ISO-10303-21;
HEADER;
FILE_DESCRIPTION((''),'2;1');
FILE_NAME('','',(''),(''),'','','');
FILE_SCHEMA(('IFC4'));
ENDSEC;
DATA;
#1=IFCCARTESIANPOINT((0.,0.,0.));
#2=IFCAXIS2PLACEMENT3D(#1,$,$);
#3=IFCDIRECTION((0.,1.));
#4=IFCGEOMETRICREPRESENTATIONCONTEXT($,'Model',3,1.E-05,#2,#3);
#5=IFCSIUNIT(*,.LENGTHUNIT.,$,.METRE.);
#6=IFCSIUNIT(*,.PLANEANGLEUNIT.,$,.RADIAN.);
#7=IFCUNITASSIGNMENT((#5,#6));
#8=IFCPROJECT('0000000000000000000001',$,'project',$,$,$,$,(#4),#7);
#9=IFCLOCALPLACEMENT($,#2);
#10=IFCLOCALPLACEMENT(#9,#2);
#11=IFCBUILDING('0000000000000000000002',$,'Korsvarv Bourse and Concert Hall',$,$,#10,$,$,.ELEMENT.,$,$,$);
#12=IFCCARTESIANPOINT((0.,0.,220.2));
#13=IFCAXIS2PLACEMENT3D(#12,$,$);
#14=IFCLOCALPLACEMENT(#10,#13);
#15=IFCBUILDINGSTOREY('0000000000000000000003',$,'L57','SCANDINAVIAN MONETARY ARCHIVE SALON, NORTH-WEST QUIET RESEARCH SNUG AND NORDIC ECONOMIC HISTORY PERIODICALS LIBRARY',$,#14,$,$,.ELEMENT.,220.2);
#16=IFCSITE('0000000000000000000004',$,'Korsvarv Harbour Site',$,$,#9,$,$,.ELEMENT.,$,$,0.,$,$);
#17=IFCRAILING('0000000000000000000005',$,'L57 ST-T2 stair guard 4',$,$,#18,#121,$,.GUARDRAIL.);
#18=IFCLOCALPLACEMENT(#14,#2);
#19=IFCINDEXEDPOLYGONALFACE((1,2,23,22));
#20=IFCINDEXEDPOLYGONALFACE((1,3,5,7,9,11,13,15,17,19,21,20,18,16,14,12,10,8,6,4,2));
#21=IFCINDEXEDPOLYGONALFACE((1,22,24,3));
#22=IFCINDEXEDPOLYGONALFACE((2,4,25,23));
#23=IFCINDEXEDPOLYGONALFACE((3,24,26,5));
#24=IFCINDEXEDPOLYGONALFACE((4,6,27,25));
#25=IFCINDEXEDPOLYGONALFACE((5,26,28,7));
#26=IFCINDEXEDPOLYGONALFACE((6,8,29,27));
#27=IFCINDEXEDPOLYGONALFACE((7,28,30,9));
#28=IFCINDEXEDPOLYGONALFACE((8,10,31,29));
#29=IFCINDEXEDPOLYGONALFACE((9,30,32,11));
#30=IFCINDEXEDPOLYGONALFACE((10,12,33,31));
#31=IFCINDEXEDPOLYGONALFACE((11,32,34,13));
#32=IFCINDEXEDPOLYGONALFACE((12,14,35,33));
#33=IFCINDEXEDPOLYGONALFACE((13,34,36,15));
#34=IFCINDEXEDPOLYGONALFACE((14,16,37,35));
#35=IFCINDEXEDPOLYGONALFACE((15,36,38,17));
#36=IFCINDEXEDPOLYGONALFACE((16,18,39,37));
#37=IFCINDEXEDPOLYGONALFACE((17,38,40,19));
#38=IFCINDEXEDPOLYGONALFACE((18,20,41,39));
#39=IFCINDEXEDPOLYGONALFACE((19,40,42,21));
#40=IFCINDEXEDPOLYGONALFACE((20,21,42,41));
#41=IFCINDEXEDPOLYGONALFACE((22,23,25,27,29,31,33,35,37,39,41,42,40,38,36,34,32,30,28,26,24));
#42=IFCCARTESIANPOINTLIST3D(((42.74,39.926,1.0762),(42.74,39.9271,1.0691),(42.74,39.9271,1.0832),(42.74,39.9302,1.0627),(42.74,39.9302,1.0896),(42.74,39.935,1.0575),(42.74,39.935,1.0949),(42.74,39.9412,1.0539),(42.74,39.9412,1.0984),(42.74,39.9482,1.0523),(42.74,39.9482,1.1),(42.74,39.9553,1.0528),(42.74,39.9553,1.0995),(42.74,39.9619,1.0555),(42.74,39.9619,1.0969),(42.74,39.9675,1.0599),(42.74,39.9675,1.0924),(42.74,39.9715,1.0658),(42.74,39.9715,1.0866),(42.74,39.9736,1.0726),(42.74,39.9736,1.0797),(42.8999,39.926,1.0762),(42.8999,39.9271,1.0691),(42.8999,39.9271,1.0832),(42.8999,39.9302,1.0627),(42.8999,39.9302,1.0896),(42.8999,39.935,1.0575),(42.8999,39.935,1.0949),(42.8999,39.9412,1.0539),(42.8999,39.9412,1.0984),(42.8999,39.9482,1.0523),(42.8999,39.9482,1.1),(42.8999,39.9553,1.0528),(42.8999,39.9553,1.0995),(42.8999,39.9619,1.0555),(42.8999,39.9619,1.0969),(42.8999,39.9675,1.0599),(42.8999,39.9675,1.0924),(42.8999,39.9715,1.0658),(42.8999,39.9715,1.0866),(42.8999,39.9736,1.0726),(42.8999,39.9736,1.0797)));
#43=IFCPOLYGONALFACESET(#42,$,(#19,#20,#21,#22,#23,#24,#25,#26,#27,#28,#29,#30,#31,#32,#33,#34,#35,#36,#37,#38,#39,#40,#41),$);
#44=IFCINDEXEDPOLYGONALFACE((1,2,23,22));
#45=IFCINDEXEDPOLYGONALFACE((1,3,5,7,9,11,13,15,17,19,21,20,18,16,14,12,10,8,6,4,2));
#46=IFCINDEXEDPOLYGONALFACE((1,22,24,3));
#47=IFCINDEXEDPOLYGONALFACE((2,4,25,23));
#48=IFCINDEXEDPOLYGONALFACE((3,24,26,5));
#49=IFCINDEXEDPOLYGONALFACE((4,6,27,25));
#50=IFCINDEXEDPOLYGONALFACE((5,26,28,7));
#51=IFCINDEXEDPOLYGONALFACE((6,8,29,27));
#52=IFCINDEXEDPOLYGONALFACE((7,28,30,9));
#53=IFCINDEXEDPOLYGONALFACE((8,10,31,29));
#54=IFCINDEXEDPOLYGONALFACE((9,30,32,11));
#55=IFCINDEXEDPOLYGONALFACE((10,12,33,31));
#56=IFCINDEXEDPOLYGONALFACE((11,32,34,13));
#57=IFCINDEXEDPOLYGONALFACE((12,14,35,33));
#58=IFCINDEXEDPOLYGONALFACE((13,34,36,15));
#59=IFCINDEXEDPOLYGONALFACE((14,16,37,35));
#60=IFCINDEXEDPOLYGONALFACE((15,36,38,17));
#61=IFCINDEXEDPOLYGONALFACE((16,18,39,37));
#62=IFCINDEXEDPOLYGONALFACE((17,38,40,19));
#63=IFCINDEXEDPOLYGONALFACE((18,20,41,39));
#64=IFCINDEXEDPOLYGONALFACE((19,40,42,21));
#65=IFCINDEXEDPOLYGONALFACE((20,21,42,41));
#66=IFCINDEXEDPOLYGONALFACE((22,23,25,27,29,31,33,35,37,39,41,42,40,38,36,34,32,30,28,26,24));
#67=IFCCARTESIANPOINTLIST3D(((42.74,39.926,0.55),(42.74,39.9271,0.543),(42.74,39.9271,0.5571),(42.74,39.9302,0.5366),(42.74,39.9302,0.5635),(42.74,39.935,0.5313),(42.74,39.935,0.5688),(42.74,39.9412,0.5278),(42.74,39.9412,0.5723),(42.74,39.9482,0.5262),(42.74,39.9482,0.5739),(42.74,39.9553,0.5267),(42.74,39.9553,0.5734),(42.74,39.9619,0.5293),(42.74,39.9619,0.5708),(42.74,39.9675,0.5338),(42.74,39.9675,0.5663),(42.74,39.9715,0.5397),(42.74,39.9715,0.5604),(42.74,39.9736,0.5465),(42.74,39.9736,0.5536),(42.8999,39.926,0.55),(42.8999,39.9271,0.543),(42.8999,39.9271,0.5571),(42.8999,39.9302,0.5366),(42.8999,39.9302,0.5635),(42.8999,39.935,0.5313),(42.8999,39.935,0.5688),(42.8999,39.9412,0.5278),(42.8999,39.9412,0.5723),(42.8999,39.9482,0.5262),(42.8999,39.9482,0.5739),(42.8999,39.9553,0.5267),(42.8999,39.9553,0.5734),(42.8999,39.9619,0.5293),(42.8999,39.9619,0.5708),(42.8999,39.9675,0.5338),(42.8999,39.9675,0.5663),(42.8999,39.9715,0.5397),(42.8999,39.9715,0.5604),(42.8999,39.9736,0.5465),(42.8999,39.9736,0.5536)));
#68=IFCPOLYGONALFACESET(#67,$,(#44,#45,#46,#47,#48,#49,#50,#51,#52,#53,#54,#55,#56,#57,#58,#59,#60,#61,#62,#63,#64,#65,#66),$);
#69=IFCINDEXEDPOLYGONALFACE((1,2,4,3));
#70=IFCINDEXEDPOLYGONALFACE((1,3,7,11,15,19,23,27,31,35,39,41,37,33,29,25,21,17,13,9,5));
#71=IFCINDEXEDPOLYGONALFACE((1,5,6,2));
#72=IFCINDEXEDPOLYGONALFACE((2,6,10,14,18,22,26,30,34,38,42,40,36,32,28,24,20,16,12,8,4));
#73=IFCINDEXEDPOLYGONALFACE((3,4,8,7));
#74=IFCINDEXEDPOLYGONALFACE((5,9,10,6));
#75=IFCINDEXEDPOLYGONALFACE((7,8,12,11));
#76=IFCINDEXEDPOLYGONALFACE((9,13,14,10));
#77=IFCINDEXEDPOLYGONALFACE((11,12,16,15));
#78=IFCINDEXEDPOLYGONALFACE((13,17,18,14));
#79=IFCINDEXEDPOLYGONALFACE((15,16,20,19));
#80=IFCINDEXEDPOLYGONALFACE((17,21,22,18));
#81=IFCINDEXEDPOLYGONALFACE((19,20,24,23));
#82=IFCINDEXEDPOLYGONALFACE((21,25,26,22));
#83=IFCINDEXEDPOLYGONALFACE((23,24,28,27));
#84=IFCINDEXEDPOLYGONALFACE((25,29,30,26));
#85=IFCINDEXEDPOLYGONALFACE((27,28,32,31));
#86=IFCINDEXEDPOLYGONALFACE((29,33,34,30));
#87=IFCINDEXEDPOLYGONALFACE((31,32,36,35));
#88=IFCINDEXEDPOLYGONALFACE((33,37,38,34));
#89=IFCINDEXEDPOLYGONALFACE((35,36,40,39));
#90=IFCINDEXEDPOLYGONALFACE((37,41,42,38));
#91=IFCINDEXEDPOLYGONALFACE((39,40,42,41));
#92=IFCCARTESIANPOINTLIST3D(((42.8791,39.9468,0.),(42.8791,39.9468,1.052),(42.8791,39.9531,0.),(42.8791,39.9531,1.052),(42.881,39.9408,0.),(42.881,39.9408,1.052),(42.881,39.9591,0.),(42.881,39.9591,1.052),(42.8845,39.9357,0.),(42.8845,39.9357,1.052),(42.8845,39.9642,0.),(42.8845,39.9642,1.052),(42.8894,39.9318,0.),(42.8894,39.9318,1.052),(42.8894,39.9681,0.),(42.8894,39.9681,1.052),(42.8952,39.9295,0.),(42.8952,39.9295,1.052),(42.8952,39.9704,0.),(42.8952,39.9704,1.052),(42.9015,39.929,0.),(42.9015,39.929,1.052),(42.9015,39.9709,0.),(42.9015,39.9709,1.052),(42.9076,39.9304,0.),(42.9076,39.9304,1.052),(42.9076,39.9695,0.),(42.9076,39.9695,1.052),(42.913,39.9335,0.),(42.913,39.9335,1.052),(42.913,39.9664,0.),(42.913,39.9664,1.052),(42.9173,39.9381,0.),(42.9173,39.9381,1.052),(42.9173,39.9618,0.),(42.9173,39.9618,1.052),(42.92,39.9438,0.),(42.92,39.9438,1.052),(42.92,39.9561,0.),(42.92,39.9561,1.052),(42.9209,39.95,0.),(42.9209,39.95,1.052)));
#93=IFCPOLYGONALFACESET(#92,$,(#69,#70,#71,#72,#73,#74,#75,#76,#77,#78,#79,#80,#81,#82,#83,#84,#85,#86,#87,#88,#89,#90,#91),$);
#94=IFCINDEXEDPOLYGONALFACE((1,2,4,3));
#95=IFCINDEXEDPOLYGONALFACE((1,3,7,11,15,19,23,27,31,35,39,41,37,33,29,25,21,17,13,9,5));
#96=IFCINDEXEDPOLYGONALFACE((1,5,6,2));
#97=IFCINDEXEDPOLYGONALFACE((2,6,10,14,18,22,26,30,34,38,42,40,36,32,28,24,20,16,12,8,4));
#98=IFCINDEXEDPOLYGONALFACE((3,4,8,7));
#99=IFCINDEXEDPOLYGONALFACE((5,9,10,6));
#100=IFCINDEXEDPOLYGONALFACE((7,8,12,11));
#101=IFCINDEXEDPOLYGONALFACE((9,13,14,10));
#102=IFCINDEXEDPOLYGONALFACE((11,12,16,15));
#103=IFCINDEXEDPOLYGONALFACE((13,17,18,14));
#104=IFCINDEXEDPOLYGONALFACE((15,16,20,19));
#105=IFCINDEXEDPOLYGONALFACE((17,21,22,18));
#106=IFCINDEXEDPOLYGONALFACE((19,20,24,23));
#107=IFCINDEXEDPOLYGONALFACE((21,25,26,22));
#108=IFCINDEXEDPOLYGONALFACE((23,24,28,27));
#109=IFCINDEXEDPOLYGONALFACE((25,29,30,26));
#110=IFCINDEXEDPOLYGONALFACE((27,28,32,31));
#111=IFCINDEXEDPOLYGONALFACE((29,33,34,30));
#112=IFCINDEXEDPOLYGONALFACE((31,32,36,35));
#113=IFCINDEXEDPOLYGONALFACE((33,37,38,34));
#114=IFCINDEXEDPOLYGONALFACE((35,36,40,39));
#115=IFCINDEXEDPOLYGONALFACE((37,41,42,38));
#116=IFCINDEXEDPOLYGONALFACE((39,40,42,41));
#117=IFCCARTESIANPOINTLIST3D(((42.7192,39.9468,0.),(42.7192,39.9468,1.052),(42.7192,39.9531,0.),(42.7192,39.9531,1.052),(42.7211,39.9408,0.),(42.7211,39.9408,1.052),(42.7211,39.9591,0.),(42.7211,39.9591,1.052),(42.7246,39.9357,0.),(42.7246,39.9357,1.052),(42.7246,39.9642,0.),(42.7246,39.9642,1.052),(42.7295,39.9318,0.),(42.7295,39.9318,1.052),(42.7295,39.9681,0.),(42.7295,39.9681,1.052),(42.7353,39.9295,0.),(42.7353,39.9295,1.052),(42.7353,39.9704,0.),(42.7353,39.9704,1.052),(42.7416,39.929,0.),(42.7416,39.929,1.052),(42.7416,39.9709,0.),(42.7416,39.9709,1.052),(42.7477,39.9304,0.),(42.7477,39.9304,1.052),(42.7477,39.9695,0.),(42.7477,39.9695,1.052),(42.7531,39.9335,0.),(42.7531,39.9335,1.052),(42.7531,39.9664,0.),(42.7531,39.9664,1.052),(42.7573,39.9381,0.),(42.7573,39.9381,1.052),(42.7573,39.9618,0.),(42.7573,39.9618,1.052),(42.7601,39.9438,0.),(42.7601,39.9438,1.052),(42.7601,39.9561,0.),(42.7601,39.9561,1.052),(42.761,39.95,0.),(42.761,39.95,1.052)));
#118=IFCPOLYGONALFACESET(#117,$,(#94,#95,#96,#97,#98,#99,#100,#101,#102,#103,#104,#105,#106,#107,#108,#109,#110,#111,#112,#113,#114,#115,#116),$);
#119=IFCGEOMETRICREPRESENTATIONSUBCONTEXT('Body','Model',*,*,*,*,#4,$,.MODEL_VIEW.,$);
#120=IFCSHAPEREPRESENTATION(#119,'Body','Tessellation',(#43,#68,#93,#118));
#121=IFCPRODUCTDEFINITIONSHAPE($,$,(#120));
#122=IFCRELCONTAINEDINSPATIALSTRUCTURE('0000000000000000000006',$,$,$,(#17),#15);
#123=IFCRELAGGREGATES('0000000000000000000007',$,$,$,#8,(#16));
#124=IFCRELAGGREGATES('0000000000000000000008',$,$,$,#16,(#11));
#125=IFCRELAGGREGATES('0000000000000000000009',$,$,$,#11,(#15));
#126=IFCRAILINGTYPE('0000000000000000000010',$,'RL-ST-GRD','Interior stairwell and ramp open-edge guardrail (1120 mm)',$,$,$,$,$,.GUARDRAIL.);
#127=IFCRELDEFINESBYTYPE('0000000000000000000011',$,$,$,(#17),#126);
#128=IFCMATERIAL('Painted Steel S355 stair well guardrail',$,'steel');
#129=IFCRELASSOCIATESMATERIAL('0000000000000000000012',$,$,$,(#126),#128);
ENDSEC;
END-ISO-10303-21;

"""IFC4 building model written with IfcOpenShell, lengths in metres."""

from ifc_helpers import new_model, si_unit, direction, frame, origin, origin_2d, place, context, subcontext, project, spatial, circle, extrude, material, type_object, element, save


model = new_model("IFC4")

# Units and contexts
model_context = context("Model", 3, precision=1e-05, world=origin(), true_north=direction((0.0, 1.0)))
body_context = subcontext(model_context, "Body", "Model", "MODEL_VIEW")
ifc_project = project(units=[si_unit("LENGTHUNIT", "METRE"), si_unit("PLANEANGLEUNIT", "RADIAN")], contexts=[model_context])

# Site, building, storey
site_placement = place(None, origin())
site = spatial("IfcSite", under=ifc_project, at=site_placement, Name="Korsvarv Harbour Site", CompositionType="ELEMENT", RefElevation=0.0)
building_placement = place(site_placement, origin())
building = spatial("IfcBuilding", under=site, at=building_placement, Name="Korsvarv Bourse and Concert Hall", CompositionType="ELEMENT")
storey_placement = place(building_placement, frame((0.0, 0.0, 220.2)))
storey = spatial("IfcBuildingStorey", under=building, at=storey_placement, Name="L57", Description="SCANDINAVIAN MONETARY ARCHIVE SALON, NORTH-WEST QUIET RESEARCH SNUG AND NORDIC ECONOMIC HISTORY PERIODICALS LIBRARY", CompositionType="ELEMENT", Elevation=220.2)

# Railing
ifc_material_1 = material(Name="Painted Steel S355 stair well guardrail", Category="steel")
railing_type_1 = type_object("IfcRailingType", Name="RL-ST-GRD", Description="Interior stairwell and ramp open-edge guardrail (1120 mm)", PredefinedType="GUARDRAIL", material=ifc_material_1)
railing_1_placement = place(storey_placement, frame((42.8999, 39.95, 0.0)))
element("IfcRailing", 1, at=railing_1_placement, inside=storey, type_object=railing_type_1, Name="L57 ST-T2 stair guard 4", PredefinedType="GUARDRAIL", context=body_context, shape_type="SweptSolid", body=[
    extrude(circle(Radius=0.0239, at=origin_2d()), frame((0.0, 0.0, 1.0762), z_axis=(-1.0, 0.0, 0.0), x_axis=(0.0, -1.0, 0.0)), (0.0, 0.0, 1.0), 0.1599),
    extrude(circle(Radius=0.0239, at=origin_2d()), frame((0.0, 0.0, 0.55), z_axis=(-1.0, 0.0, 0.0), x_axis=(0.0, -1.0, 0.0)), (0.0, 0.0, 1.0), 0.1599),
    extrude(circle(Radius=0.021, at=origin_2d()), origin(), (0.0, 0.0, 1.0), 1.052),
    extrude(circle(Radius=0.021, at=origin_2d()), frame((-0.1599, 0.0, 0.0)), (0.0, 0.0, 1.0), 1.052),
])

save(model, "model.ifc")
